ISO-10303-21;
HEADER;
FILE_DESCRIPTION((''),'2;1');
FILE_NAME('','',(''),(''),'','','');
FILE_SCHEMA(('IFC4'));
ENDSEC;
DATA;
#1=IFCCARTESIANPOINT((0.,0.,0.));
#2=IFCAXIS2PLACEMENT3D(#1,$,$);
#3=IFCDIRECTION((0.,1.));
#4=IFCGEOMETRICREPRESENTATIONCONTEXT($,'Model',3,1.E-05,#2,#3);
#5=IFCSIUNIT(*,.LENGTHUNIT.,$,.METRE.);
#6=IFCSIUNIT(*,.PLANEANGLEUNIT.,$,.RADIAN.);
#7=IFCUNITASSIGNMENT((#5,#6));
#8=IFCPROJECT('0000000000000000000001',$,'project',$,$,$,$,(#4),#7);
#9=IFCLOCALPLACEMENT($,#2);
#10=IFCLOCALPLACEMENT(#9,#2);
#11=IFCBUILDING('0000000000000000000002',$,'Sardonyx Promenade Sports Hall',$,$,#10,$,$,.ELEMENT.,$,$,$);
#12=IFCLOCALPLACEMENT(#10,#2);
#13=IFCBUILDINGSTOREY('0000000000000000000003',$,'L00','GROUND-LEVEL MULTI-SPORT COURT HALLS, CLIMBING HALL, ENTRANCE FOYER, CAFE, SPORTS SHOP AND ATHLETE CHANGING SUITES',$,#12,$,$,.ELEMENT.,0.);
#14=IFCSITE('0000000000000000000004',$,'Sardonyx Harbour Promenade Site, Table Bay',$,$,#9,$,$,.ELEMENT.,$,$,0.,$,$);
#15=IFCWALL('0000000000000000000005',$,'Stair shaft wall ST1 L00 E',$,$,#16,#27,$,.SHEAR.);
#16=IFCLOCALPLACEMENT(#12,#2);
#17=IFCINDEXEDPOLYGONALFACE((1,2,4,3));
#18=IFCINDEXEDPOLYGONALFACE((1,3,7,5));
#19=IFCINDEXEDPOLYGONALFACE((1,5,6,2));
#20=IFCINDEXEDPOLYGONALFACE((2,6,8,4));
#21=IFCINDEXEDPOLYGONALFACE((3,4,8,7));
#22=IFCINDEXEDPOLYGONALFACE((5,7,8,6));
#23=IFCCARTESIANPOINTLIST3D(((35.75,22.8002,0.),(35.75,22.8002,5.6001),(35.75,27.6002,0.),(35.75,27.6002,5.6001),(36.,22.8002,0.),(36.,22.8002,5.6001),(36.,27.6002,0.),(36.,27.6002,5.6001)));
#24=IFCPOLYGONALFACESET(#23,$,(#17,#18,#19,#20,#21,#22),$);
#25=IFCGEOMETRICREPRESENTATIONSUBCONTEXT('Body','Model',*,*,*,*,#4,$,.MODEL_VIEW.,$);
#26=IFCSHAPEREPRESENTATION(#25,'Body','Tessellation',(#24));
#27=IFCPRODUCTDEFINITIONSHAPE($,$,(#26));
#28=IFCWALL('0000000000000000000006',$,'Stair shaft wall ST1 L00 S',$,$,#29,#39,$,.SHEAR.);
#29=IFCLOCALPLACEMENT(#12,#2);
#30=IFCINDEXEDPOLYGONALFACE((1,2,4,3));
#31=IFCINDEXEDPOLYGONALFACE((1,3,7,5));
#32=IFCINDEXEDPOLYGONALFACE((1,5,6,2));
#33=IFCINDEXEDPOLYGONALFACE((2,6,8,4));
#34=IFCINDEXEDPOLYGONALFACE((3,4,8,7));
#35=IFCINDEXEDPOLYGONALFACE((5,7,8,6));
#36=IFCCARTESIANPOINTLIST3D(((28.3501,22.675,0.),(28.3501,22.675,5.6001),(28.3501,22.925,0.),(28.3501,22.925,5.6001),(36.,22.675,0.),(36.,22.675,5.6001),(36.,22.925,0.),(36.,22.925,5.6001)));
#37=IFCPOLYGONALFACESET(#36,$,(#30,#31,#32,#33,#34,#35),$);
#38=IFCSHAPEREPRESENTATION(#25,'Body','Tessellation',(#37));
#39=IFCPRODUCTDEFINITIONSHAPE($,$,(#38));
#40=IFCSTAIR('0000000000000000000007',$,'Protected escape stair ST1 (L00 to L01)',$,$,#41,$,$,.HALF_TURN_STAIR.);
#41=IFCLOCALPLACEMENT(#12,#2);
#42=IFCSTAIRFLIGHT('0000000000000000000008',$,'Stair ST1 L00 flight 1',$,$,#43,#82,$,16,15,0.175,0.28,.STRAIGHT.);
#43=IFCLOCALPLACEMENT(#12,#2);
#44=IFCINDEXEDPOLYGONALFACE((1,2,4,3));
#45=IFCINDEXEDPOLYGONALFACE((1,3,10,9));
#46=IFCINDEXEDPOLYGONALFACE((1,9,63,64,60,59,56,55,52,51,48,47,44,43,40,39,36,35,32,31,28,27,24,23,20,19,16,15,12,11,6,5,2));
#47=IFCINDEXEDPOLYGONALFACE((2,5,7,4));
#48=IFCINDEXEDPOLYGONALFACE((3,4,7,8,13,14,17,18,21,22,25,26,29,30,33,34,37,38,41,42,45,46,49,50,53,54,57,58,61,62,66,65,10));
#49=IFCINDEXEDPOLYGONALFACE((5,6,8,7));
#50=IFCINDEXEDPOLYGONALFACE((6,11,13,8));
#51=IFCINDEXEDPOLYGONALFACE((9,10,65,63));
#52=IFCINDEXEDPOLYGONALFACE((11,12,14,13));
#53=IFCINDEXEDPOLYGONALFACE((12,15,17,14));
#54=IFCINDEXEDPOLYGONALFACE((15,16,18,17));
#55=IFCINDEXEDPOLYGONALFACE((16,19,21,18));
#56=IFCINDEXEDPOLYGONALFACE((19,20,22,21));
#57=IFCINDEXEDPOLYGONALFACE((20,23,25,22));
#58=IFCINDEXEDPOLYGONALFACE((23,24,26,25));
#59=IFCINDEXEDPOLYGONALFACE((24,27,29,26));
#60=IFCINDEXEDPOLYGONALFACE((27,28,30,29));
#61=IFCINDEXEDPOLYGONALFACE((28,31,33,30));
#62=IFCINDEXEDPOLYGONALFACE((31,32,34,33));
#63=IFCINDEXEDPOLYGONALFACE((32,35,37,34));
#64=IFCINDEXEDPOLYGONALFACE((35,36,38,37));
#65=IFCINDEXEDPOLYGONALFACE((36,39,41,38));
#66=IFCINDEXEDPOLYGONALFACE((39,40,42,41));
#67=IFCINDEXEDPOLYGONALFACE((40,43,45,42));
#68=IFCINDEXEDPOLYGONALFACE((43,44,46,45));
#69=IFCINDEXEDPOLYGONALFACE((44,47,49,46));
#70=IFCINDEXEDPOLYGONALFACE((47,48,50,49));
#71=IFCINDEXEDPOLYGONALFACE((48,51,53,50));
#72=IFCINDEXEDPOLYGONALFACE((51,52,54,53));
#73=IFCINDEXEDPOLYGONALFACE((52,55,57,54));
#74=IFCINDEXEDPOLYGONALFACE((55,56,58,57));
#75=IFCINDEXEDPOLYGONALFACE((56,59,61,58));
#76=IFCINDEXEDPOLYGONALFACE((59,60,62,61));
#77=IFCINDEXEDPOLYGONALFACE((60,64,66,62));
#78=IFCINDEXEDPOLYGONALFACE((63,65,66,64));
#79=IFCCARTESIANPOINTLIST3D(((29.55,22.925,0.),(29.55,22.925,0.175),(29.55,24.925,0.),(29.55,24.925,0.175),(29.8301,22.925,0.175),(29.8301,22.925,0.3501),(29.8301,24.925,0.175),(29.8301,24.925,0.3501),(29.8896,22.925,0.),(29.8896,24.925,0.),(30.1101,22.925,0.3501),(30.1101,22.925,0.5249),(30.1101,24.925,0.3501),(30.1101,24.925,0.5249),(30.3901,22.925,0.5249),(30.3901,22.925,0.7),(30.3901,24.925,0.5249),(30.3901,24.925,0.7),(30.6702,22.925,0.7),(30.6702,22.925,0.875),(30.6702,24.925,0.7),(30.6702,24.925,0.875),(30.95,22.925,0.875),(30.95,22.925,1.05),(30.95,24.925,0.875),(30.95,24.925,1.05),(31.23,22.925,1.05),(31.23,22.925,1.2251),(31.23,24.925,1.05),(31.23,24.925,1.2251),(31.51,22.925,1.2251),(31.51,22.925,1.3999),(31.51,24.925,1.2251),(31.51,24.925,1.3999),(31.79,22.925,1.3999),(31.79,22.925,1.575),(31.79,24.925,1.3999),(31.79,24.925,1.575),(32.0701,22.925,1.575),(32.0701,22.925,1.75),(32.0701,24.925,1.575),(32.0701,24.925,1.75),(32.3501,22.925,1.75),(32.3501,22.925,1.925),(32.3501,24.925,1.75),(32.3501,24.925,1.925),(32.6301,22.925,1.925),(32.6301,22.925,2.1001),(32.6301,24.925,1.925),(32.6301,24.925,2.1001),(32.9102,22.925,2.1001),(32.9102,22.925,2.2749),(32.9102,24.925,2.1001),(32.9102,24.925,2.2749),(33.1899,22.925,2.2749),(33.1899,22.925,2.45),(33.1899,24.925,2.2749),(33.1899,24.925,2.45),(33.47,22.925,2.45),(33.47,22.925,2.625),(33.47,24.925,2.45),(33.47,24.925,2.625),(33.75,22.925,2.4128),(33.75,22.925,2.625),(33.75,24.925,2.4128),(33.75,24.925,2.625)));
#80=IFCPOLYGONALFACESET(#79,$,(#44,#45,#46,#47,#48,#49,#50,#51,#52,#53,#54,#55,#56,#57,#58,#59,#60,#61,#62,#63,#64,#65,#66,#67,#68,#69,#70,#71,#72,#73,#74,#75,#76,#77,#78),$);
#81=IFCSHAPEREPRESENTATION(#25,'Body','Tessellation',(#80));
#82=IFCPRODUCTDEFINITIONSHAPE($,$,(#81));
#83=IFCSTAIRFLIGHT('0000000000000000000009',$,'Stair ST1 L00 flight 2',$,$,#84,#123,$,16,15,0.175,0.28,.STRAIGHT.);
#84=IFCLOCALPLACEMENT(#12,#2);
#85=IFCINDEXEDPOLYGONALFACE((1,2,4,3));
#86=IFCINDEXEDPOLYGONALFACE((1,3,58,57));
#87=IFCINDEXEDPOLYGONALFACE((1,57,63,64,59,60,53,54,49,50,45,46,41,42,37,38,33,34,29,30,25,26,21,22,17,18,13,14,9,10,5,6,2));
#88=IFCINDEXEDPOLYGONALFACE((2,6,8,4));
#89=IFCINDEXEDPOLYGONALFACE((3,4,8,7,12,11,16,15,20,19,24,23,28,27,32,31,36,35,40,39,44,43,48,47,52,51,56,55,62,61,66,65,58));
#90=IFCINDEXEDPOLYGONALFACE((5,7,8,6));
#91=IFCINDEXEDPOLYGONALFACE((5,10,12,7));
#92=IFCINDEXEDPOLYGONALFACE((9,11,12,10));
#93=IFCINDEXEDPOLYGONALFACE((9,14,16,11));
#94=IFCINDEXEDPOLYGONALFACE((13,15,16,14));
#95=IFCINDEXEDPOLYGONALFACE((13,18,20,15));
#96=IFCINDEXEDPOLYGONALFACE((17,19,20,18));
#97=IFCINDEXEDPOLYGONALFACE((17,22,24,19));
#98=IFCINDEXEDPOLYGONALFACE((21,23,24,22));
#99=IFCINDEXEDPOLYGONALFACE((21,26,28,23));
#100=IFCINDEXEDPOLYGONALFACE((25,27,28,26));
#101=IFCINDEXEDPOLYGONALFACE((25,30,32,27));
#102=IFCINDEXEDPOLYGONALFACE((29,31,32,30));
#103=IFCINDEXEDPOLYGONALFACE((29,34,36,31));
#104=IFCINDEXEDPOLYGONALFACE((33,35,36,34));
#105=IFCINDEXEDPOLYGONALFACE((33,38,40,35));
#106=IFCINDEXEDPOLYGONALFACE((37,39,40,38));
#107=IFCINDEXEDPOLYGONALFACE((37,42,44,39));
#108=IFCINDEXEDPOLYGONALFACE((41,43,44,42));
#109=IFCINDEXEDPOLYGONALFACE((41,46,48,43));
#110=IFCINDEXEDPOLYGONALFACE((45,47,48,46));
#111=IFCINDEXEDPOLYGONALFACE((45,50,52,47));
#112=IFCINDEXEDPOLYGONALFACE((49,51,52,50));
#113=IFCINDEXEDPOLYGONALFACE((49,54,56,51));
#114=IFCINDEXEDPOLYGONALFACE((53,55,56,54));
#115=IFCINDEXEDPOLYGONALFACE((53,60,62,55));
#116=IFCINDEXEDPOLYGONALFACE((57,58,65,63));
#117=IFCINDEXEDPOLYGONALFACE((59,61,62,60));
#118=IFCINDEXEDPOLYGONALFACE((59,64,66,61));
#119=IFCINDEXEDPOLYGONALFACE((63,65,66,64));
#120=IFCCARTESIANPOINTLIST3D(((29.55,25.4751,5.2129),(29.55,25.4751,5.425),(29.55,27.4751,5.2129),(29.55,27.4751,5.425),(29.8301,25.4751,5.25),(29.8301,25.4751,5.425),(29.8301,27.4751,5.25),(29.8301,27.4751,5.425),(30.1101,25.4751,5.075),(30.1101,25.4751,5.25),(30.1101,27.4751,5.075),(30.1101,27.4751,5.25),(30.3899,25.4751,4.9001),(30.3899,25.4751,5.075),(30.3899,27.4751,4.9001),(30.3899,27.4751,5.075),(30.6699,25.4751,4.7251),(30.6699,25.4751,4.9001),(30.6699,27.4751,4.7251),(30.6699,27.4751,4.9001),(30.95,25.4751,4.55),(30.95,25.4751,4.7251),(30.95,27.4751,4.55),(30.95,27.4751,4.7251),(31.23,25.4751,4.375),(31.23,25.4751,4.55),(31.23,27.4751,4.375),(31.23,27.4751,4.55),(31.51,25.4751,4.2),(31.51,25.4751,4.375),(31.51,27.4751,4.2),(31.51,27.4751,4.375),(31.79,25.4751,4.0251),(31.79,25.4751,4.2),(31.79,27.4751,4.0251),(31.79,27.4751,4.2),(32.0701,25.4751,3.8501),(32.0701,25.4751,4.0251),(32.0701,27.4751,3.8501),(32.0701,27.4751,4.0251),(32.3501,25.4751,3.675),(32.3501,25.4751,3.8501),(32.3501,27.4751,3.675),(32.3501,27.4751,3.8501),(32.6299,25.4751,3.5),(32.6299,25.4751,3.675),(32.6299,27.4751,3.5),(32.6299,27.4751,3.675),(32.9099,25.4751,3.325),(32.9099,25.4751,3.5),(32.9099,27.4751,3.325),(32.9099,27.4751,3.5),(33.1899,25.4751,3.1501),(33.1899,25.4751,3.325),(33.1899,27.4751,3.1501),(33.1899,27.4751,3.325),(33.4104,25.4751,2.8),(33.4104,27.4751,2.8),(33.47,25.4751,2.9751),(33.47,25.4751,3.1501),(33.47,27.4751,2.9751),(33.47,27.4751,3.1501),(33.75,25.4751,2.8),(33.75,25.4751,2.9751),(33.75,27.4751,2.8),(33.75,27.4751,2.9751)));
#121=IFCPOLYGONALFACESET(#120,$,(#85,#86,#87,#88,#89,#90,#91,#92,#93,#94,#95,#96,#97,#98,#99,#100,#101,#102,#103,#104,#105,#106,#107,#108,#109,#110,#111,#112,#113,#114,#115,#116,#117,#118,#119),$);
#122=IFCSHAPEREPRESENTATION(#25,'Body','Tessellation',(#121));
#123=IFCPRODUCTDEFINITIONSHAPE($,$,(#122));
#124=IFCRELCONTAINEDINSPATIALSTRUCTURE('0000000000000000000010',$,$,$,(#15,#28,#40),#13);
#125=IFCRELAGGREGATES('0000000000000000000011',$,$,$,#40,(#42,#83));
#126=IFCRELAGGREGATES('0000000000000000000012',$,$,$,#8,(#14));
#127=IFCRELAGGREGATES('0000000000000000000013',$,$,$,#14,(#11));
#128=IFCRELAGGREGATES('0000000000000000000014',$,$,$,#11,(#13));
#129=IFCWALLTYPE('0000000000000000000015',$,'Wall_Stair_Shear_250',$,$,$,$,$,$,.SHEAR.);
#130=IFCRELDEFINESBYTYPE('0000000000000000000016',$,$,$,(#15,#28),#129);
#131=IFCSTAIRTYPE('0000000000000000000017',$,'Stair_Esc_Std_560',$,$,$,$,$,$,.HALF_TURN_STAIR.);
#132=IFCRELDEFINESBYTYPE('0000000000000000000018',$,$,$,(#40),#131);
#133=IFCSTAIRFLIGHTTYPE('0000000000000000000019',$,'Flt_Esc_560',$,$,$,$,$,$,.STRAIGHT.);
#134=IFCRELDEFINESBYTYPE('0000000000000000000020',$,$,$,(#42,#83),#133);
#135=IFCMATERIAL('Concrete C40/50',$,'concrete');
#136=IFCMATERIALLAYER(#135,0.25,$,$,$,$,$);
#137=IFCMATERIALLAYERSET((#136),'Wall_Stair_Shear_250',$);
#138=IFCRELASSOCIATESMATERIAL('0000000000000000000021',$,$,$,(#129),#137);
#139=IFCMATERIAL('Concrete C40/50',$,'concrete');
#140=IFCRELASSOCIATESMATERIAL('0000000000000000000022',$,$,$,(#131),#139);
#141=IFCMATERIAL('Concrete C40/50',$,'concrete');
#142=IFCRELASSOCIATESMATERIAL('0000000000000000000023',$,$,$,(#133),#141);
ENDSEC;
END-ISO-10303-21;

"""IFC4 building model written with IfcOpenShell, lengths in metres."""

from ifc_helpers import new_model, si_unit, direction, frame, frame_2d, origin, place, context, subcontext, project, spatial, polyline, rectangle, outline, extrude, material, layer, layer_set, type_object, element, aggregate, save


model = new_model("IFC4")

# Units and contexts
model_context = context("Model", 3, precision=1e-05, world=origin(), true_north=direction((0.0, 1.0)))
body_context = subcontext(model_context, "Body", "Model", "MODEL_VIEW")
ifc_project = project(units=[si_unit("LENGTHUNIT", "METRE"), si_unit("PLANEANGLEUNIT", "RADIAN")], contexts=[model_context])

# Site, building, storey
site_placement = place(None, origin())
site = spatial("IfcSite", under=ifc_project, at=site_placement, Name="Sardonyx Harbour Promenade Site, Table Bay", CompositionType="ELEMENT", RefElevation=0.0)
building_placement = place(site_placement, origin())
building = spatial("IfcBuilding", under=site, at=building_placement, Name="Sardonyx Promenade Sports Hall", CompositionType="ELEMENT")
storey_placement = place(building_placement, origin())
storey = spatial("IfcBuildingStorey", under=building, at=storey_placement, Name="L00", Description="GROUND-LEVEL MULTI-SPORT COURT HALLS, CLIMBING HALL, ENTRANCE FOYER, CAFE, SPORTS SHOP AND ATHLETE CHANGING SUITES", CompositionType="ELEMENT", Elevation=0.0)

# Walls
ifc_material_1 = material(Name="Concrete C40/50", Category="concrete")
ifc_layer_1 = layer(ifc_material_1, 0.25)
ifc_layer_set_1 = layer_set([ifc_layer_1], Name="Wall_Stair_Shear_250")
wall_type_1 = type_object("IfcWallType", Name="Wall_Stair_Shear_250", PredefinedType="SHEAR", material=ifc_layer_set_1)
wall_1_placement = place(storey_placement, frame((35.875, 27.6001, 0.0), z_axis=(0.0, 0.0, 1.0), x_axis=(0.0, -1.0, 0.0)))
element("IfcWall", 1, at=wall_1_placement, inside=storey, type_object=wall_type_1, Name="Stair shaft wall ST1 L00 E", PredefinedType="SHEAR", context=body_context, shape_type="SweptSolid", body=[
    extrude(rectangle(XDim=4.8, YDim=0.25, at=frame_2d((2.3999, 0.0))), origin(), (0.0, 0.0, 1.0), 5.6001),
])
wall_2_placement = place(storey_placement, frame((36.0, 22.8, 0.0), z_axis=(0.0, 0.0, 1.0), x_axis=(-1.0, 0.0, 0.0)))
element("IfcWall", 2, at=wall_2_placement, inside=storey, type_object=wall_type_1, Name="Stair shaft wall ST1 L00 S", PredefinedType="SHEAR", context=body_context, shape_type="SweptSolid", body=[
    extrude(rectangle(XDim=7.6499, YDim=0.25, at=frame_2d((3.825, 0.0))), origin(), (0.0, 0.0, 1.0), 5.6001),
])

# Stair, stair flights
ifc_material_2 = material(Name="Concrete C40/50", Category="concrete")
stair_type = type_object("IfcStairType", Name="Stair_Esc_Std_560", PredefinedType="HALF_TURN_STAIR", material=ifc_material_2)
stair_placement = place(storey_placement, origin())
stair = element("IfcStair", 3, at=stair_placement, inside=storey, type_object=stair_type, Name="Protected escape stair ST1 (L00 to L01)", PredefinedType="HALF_TURN_STAIR")
ifc_material_3 = material(Name="Concrete C40/50", Category="concrete")
stair_flight_type = type_object("IfcStairFlightType", Name="Flt_Esc_560", PredefinedType="STRAIGHT", material=ifc_material_3)
stair_flight_1_placement = place(storey_placement, frame((29.55, 23.925, 0.0), z_axis=(0.0, 0.0, 1.0), x_axis=(1.0, 0.0, 0.0)))
stair_flight_1 = element("IfcStairFlight", 4, at=stair_flight_1_placement, type_object=stair_flight_type, Name="Stair ST1 L00 flight 1", NumberOfRisers=16, NumberOfTreads=15, PredefinedType="STRAIGHT", RiserHeight=0.175, TreadLength=0.28, context=body_context, shape_type="SweptSolid", body=[
    extrude(outline(polyline([(0.0, 0.0), (0.0, 0.175), (0.28, 0.175), (0.28, 0.3501), (0.5601, 0.3501), (0.5601, 0.5249), (0.8401, 0.5249), (0.8401, 0.7), (1.1201, 0.7), (1.1201, 0.875), (1.3999, 0.875), (1.3999, 1.05), (1.6799, 1.05), (1.6799, 1.2251), (1.96, 1.2251), (1.96, 1.3999), (2.24, 1.3999), (2.24, 1.575), (2.52, 1.575), (2.52, 1.75), (2.8, 1.75), (2.8, 1.925), (3.0801, 1.925), (3.0801, 2.1001), (3.3601, 2.1001), (3.3601, 2.2749), (3.6399, 2.2749), (3.6399, 2.45), (3.9199, 2.45), (3.9199, 2.625), (4.2, 2.625), (4.2, 2.8), (4.2, 2.4128), (0.3396, 0.0), (0.0, 0.0)])), frame((0.0, 1.0, 0.0), z_axis=(0.0, -1.0, 0.0), x_axis=(1.0, 0.0, 0.0)), (0.0, 0.0, 1.0), 2.0),
])
stair_flight_2_placement = place(storey_placement, frame((33.75, 26.4751, 2.8), z_axis=(0.0, 0.0, 1.0), x_axis=(-1.0, 0.0, 0.0)))
stair_flight_2 = element("IfcStairFlight", 5, at=stair_flight_2_placement, type_object=stair_flight_type, Name="Stair ST1 L00 flight 2", NumberOfRisers=16, NumberOfTreads=15, PredefinedType="STRAIGHT", RiserHeight=0.175, TreadLength=0.28, context=body_context, shape_type="SweptSolid", body=[
    extrude(outline(polyline([(0.0, 0.0), (0.0, 0.175), (0.28, 0.175), (0.28, 0.3501), (0.5601, 0.3501), (0.5601, 0.5249), (0.8401, 0.5249), (0.8401, 0.7), (1.1201, 0.7), (1.1201, 0.875), (1.3999, 0.875), (1.3999, 1.05), (1.6799, 1.05), (1.6799, 1.2251), (1.96, 1.2251), (1.96, 1.3999), (2.24, 1.3999), (2.24, 1.575), (2.52, 1.575), (2.52, 1.75), (2.8, 1.75), (2.8, 1.925), (3.0801, 1.925), (3.0801, 2.1001), (3.3601, 2.1001), (3.3601, 2.2749), (3.6399, 2.2749), (3.6399, 2.45), (3.9199, 2.45), (3.9199, 2.625), (4.2, 2.625), (4.2, 2.8), (4.2, 2.4128), (0.3396, 0.0), (0.0, 0.0)])), frame((0.0, 1.0, 0.0), z_axis=(0.0, -1.0, 0.0), x_axis=(1.0, 0.0, 0.0)), (0.0, 0.0, 1.0), 2.0),
])
aggregate(stair, [stair_flight_1, stair_flight_2])

save(model, "model.ifc")
